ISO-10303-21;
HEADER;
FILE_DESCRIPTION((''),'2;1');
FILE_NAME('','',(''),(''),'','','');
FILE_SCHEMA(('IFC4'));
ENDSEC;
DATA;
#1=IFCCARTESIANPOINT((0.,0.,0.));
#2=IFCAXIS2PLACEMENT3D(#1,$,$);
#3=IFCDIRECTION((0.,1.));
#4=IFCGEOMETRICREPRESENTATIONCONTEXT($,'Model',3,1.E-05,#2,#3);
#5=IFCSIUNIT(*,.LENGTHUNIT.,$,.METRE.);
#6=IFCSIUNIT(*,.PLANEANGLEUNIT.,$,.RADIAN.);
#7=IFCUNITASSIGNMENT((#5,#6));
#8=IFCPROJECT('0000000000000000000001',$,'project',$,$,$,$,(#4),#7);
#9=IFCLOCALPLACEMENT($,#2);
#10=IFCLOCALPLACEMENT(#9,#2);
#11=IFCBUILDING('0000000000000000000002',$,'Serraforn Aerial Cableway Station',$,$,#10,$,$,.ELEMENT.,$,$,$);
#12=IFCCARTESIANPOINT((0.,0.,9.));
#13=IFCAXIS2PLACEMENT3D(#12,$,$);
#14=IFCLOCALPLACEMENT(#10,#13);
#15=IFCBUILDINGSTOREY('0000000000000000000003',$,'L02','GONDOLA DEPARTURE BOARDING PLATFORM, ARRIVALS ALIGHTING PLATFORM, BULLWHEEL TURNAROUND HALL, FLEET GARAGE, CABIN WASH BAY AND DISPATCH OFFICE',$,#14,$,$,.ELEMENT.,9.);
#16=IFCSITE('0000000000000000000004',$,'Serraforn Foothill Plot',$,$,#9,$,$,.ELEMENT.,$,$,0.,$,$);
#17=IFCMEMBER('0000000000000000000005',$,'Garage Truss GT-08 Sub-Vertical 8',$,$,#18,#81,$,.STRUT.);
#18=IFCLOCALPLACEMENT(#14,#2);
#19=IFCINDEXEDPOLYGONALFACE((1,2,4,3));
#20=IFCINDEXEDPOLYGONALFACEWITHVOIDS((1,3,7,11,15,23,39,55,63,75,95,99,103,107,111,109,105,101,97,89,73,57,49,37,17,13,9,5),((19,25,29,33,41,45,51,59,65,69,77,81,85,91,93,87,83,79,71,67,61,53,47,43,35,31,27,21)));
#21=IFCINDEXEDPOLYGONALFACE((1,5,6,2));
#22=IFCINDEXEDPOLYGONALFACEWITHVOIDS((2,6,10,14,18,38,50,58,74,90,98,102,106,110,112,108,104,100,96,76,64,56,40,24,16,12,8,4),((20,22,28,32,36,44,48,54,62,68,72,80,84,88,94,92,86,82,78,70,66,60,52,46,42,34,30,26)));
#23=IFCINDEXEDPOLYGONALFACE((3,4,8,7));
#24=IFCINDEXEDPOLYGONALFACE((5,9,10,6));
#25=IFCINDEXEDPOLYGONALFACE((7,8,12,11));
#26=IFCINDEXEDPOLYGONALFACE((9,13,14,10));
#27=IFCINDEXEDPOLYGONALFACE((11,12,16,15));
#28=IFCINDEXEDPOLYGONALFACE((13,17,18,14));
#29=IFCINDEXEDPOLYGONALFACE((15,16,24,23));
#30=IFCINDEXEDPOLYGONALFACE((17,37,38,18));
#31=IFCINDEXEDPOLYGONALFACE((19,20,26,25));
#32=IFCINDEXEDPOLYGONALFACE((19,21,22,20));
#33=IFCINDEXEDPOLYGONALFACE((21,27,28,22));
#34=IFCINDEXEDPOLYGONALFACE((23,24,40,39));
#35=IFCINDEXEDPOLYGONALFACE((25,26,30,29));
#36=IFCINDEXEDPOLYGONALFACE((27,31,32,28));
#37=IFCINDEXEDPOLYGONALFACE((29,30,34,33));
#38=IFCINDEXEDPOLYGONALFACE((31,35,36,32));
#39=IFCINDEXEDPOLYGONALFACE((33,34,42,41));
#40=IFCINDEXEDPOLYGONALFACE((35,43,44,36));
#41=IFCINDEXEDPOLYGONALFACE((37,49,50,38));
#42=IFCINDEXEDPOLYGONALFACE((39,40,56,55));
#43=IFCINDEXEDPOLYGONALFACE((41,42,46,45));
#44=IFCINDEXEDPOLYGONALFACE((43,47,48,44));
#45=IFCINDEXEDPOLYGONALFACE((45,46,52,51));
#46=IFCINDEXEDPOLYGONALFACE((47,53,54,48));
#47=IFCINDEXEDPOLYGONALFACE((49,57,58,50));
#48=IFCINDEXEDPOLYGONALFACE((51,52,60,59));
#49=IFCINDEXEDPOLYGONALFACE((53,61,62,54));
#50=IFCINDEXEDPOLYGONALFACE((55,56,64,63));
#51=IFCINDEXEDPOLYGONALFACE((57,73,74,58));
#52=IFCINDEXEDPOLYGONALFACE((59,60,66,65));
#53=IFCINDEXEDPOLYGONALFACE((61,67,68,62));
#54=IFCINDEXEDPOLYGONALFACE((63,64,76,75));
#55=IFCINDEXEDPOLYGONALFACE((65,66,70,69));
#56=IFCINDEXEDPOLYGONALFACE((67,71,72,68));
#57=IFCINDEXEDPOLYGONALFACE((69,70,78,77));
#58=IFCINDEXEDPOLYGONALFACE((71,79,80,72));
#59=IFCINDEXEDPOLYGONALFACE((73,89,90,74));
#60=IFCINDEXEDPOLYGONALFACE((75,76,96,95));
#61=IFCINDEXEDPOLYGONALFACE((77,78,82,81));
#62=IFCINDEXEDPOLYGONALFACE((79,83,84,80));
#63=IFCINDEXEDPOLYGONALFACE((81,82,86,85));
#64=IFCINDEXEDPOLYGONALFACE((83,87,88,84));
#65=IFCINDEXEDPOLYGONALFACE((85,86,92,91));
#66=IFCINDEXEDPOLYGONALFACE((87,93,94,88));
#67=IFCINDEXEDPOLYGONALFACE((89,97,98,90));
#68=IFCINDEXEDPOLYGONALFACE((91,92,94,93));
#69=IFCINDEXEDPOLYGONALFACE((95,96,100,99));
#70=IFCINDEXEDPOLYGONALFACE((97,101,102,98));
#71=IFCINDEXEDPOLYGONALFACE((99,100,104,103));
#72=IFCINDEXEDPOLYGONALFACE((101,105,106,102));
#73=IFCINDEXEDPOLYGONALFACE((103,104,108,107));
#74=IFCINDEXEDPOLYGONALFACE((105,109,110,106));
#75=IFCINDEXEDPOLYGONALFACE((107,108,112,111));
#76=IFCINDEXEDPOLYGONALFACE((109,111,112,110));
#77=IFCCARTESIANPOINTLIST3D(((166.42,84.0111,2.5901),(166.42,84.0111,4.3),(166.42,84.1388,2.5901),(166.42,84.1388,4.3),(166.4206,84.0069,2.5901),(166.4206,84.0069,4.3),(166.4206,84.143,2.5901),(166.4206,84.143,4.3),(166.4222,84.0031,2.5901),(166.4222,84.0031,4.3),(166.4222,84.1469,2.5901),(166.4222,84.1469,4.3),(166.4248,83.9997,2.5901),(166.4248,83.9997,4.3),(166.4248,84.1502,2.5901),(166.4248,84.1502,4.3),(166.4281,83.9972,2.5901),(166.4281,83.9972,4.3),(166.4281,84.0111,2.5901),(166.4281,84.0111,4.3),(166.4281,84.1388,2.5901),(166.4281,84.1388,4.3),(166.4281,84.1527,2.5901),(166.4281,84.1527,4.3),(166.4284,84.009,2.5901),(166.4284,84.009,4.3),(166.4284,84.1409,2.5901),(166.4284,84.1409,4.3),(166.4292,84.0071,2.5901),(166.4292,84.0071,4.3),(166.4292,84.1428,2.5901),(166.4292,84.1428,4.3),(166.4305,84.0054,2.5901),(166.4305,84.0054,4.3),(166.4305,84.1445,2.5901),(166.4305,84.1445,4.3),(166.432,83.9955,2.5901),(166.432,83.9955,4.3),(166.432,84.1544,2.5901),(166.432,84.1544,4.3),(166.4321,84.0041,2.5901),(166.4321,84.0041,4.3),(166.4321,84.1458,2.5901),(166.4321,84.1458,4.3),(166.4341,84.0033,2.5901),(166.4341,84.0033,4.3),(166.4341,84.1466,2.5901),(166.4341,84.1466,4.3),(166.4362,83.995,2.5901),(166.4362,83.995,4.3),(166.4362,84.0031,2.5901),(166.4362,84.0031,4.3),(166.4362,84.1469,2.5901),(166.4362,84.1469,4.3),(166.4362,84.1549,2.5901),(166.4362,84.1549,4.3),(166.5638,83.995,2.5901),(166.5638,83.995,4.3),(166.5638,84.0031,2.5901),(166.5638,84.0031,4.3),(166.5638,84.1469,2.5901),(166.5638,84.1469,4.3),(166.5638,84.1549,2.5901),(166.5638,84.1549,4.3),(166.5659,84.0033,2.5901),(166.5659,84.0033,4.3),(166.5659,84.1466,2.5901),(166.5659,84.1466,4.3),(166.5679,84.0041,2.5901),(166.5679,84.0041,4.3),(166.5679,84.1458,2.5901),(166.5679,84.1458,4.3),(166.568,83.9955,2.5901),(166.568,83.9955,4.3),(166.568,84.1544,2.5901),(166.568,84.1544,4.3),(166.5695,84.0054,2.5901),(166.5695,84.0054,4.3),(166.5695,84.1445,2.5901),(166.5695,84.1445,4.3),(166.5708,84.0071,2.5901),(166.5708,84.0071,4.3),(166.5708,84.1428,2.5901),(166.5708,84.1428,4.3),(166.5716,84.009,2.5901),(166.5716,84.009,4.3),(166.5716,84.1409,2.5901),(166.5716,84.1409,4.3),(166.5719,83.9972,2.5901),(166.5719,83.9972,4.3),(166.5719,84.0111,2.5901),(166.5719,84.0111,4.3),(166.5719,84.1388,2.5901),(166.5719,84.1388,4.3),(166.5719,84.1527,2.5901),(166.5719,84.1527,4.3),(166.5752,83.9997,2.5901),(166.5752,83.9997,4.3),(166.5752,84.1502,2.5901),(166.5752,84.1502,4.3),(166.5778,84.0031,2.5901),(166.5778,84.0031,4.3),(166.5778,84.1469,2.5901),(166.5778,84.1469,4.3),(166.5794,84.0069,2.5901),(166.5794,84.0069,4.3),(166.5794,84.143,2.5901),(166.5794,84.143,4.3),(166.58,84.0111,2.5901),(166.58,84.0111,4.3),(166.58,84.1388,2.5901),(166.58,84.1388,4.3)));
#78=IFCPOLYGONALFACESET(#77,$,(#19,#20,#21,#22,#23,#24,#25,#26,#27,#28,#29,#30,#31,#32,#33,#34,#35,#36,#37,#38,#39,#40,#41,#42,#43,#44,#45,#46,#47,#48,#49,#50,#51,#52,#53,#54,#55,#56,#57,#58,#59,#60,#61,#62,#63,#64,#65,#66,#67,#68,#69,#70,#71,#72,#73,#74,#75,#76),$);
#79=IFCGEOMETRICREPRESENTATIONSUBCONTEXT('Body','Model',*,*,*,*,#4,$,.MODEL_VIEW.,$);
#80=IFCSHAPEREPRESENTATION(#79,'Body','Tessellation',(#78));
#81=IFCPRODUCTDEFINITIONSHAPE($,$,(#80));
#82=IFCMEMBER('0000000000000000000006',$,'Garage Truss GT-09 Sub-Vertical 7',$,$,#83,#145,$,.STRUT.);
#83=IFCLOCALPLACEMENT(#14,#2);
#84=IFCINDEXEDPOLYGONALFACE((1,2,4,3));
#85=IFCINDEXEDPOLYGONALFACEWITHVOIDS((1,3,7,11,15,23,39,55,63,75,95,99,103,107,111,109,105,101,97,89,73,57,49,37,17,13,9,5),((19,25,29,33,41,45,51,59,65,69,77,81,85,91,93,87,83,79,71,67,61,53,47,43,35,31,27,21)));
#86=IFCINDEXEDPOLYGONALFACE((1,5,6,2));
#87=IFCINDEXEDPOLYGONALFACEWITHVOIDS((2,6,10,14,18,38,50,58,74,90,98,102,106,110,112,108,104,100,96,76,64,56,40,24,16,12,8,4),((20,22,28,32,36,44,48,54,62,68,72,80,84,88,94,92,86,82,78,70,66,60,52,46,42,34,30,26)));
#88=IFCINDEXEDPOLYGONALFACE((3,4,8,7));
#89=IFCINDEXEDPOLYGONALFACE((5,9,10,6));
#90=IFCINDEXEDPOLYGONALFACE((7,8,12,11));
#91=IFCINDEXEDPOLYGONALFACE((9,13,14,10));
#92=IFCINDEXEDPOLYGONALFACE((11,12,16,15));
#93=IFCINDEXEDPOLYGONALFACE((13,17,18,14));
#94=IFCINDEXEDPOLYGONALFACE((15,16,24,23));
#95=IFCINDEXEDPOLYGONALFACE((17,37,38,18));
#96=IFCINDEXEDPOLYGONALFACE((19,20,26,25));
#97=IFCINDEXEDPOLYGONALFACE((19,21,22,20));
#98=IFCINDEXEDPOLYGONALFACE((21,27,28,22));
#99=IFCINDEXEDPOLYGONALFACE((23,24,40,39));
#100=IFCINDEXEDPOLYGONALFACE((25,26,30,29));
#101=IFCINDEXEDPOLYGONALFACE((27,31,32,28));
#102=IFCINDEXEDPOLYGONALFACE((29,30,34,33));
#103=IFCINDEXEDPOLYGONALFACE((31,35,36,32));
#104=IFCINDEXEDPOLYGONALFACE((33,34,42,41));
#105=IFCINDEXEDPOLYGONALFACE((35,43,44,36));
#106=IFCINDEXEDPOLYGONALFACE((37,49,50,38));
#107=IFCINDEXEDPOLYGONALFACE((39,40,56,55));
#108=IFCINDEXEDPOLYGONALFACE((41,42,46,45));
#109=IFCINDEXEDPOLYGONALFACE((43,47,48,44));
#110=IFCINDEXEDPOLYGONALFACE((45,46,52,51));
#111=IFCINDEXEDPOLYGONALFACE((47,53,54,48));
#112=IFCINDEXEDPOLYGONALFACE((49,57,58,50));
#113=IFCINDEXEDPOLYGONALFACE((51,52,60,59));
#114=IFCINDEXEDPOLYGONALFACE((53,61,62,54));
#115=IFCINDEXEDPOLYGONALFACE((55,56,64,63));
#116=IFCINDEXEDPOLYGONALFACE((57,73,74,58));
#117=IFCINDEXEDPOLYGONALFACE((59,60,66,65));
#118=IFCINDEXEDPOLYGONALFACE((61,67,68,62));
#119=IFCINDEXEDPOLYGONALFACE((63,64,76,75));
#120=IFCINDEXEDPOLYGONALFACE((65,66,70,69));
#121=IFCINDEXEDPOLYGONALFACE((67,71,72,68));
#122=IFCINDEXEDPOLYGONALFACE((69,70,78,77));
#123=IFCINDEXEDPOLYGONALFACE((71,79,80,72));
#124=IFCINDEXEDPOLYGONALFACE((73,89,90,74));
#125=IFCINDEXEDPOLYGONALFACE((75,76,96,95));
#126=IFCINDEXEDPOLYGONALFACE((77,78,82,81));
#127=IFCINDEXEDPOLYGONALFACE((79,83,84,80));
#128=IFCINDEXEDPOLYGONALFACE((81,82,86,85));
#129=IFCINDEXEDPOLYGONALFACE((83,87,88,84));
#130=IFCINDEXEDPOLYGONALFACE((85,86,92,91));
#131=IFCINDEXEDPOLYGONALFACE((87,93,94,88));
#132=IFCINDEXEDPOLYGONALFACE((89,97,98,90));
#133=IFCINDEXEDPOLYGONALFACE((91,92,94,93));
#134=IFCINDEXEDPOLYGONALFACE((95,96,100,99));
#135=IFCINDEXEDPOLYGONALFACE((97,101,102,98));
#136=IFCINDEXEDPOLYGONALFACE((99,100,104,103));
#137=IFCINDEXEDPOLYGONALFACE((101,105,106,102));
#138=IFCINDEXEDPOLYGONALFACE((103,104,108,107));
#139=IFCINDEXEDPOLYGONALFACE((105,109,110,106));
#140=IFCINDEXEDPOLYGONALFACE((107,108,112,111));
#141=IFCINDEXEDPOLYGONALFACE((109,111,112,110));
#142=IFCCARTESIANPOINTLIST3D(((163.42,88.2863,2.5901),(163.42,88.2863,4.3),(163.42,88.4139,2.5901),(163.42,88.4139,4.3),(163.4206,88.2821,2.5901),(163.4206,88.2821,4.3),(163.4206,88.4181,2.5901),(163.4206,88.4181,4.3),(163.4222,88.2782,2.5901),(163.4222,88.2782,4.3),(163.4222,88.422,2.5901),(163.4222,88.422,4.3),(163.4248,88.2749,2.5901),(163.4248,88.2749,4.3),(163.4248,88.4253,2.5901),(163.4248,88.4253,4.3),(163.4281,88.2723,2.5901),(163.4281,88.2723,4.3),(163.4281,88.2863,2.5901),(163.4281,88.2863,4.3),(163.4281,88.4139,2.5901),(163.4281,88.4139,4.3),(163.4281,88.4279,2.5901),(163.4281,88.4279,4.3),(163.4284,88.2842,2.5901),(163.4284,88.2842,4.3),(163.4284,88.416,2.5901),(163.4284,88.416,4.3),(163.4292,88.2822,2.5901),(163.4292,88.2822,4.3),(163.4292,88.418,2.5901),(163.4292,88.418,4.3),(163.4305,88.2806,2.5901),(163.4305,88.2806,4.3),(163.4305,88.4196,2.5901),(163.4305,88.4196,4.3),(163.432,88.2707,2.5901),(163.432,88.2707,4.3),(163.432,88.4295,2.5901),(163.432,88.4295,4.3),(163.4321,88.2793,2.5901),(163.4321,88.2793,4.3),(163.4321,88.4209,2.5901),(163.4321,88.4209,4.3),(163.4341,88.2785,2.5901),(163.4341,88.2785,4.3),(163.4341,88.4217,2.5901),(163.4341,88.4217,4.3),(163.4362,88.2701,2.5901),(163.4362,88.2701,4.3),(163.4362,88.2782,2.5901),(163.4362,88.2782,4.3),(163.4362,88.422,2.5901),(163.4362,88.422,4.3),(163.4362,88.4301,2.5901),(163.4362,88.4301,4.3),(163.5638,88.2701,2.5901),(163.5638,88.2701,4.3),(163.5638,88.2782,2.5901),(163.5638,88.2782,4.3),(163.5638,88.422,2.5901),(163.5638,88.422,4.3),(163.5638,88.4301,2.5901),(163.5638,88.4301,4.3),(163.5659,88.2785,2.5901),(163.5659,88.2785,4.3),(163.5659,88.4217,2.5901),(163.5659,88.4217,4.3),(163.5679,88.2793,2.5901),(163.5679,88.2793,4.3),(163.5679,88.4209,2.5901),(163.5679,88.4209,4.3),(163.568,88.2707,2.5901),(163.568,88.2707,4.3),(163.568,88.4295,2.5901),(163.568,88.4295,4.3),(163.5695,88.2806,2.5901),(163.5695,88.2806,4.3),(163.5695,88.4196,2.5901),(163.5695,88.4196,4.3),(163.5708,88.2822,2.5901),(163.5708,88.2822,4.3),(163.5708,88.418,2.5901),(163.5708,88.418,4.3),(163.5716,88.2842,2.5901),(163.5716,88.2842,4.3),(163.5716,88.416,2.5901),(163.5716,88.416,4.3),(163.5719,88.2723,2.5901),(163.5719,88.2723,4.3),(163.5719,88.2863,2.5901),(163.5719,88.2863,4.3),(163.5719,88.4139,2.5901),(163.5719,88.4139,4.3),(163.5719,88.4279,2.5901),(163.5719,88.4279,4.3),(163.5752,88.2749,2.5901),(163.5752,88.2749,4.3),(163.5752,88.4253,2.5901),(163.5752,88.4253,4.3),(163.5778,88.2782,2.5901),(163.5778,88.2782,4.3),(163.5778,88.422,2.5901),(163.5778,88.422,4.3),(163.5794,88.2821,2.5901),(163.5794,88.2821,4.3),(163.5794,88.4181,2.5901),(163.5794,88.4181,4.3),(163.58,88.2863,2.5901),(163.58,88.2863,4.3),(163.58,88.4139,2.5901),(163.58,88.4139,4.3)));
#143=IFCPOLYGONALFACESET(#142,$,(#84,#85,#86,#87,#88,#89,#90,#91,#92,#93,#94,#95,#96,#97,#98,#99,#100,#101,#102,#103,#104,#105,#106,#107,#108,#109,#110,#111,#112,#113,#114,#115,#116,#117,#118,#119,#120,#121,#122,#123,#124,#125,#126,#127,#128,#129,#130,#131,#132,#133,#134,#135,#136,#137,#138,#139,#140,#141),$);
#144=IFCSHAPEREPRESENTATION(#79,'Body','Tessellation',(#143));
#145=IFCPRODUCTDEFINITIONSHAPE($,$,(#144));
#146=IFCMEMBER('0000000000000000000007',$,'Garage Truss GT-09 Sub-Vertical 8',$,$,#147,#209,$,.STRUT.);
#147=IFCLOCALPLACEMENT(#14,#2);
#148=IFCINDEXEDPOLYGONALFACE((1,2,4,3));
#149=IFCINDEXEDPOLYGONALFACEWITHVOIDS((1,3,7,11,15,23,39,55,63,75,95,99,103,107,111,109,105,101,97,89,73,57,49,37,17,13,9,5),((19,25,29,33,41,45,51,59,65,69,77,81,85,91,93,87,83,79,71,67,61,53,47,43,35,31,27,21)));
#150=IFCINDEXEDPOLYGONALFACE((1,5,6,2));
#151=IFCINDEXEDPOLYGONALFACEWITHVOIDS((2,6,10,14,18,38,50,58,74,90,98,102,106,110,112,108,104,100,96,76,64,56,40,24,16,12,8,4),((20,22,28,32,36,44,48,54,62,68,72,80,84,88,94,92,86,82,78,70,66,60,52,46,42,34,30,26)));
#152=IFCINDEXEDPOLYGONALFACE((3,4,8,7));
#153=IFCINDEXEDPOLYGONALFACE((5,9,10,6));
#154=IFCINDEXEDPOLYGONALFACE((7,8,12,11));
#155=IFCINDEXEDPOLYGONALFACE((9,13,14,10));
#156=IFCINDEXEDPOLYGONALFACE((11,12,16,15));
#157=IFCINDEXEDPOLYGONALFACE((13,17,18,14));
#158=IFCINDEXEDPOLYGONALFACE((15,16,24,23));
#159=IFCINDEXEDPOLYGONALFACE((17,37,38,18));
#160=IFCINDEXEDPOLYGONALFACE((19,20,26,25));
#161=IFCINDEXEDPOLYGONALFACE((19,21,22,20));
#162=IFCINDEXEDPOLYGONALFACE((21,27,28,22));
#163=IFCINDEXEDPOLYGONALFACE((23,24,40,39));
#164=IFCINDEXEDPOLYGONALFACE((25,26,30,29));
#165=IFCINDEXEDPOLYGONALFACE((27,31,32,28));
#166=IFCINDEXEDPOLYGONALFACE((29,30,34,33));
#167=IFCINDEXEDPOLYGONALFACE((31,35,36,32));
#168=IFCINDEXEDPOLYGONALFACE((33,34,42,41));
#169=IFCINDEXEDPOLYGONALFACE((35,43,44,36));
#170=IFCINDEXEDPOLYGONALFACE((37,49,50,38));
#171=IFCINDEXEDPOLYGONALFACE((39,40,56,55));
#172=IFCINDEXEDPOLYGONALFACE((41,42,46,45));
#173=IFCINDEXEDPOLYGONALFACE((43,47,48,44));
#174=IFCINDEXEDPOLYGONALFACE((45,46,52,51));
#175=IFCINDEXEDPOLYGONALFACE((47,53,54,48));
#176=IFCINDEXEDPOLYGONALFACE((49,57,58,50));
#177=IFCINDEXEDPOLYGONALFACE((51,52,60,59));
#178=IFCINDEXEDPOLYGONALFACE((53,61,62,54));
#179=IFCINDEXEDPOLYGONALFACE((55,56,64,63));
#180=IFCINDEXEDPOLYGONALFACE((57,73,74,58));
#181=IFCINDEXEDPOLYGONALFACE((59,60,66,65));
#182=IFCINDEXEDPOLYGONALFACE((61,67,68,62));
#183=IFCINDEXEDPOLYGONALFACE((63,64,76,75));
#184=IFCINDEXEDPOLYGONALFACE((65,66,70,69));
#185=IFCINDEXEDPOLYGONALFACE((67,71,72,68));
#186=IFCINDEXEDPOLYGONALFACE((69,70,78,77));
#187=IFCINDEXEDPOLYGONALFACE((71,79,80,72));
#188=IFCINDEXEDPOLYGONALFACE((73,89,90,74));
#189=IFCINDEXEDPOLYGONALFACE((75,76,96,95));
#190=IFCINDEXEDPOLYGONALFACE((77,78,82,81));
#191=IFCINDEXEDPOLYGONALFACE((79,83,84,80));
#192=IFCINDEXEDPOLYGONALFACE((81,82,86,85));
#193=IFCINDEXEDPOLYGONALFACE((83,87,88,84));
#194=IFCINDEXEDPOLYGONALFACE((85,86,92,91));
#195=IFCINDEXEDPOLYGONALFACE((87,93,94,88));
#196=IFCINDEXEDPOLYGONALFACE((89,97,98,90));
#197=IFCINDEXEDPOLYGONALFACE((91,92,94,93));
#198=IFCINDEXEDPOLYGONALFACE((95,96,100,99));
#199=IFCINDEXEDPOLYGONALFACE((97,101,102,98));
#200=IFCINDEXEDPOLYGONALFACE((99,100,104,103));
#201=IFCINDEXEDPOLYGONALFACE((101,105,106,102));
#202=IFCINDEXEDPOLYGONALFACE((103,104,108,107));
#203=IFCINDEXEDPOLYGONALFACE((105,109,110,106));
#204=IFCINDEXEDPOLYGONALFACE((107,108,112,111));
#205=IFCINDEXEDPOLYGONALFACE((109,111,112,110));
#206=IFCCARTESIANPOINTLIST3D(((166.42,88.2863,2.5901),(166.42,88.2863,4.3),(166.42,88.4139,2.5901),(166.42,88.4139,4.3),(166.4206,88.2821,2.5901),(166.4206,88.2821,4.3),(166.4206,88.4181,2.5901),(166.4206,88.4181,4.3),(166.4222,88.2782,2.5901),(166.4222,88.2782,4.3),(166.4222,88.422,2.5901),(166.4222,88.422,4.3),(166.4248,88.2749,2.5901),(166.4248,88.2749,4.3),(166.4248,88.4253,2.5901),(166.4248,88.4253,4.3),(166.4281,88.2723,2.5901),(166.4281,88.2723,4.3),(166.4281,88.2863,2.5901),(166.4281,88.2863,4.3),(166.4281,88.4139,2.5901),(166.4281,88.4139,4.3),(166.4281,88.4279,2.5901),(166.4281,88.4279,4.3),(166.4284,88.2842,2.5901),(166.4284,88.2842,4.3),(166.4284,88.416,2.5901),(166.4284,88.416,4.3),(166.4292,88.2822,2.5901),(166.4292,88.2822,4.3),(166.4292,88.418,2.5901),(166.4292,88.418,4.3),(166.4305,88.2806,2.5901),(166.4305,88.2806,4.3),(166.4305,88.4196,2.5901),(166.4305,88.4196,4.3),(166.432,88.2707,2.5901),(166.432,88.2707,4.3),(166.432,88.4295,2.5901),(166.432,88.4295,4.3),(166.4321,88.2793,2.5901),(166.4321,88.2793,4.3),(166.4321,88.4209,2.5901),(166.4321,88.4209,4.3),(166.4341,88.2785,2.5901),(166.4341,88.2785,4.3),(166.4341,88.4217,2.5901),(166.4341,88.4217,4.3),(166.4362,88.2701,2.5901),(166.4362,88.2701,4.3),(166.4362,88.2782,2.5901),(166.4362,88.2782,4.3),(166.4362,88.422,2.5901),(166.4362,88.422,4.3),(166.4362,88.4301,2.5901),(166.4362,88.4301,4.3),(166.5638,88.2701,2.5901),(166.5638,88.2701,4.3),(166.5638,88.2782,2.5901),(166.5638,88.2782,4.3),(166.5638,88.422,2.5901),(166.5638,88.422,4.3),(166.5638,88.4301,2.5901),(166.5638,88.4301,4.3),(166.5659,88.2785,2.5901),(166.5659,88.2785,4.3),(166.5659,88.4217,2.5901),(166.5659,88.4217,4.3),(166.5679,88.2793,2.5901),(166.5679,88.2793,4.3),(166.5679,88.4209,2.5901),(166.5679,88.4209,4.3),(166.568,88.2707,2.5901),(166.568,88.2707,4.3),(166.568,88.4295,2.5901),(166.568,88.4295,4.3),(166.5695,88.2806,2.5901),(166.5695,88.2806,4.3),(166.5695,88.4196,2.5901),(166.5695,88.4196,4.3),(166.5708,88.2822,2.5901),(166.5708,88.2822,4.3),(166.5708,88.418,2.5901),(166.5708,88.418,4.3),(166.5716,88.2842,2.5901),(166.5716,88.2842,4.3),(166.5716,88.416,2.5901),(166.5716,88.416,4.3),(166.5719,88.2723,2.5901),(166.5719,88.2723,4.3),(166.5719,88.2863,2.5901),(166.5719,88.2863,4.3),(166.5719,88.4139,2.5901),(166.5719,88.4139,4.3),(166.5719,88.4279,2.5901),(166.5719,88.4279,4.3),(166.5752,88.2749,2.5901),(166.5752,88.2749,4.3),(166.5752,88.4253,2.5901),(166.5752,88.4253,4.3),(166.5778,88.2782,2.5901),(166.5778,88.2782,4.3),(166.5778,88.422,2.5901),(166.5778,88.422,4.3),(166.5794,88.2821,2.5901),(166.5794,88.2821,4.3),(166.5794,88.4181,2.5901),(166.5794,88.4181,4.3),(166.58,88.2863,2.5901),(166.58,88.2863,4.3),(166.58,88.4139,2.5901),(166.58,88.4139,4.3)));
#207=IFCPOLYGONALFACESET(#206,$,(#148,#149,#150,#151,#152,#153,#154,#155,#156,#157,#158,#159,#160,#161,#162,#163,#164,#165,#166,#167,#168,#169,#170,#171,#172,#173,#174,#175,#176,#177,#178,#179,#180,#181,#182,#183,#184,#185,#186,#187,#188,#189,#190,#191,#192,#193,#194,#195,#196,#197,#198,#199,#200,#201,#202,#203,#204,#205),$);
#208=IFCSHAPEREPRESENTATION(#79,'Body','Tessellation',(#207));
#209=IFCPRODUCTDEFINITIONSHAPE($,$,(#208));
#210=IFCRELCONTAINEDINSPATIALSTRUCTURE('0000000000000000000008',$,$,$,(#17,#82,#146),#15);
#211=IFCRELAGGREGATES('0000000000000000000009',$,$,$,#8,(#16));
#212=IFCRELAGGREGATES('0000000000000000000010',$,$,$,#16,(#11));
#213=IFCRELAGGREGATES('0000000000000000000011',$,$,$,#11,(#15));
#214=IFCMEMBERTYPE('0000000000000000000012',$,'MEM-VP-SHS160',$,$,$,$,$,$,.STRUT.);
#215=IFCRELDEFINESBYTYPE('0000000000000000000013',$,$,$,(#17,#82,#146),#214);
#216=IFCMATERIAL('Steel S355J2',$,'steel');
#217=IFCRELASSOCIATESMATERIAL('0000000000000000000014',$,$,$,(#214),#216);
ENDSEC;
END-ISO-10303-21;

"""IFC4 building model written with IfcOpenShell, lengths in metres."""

from ifc_helpers import new_model, si_unit, direction, frame, origin, origin_2d, place, context, subcontext, project, spatial, hollow_rectangle, extrude, material, material_profile, profile_set, type_object, element, save


model = new_model("IFC4")

# Units and contexts
model_context = context("Model", 3, precision=1e-05, world=origin(), true_north=direction((0.0, 1.0)))
body_context = subcontext(model_context, "Body", "Model", "MODEL_VIEW")
ifc_project = project(units=[si_unit("LENGTHUNIT", "METRE"), si_unit("PLANEANGLEUNIT", "RADIAN")], contexts=[model_context])

# Site, building, storey
site_placement = place(None, origin())
site = spatial("IfcSite", under=ifc_project, at=site_placement, Name="Serraforn Foothill Plot", CompositionType="ELEMENT", RefElevation=0.0)
building_placement = place(site_placement, origin())
building = spatial("IfcBuilding", under=site, at=building_placement, Name="Serraforn Aerial Cableway Station", CompositionType="ELEMENT")
storey_placement = place(building_placement, frame((0.0, 0.0, 9.0)))
storey = spatial("IfcBuildingStorey", under=building, at=storey_placement, Name="L02", Description="GONDOLA DEPARTURE BOARDING PLATFORM, ARRIVALS ALIGHTING PLATFORM, BULLWHEEL TURNAROUND HALL, FLEET GARAGE, CABIN WASH BAY AND DISPATCH OFFICE", CompositionType="ELEMENT", Elevation=9.0)

# Members
ifc_material_1 = material(Name="Steel S355J2", Category="steel")
ifc_material_profile_1 = material_profile(ifc_material_1, hollow_rectangle(XDim=0.1599, YDim=0.1599, WallThickness=0.0081, InnerFilletRadius=0.0081, OuterFilletRadius=0.0161, at=origin_2d()), Name="SHS 160x160x8.0")
ifc_profile_set_1 = profile_set([ifc_material_profile_1], Name="Steel S355J2")
member_type_1 = type_object("IfcMemberType", Name="MEM-VP-SHS160", PredefinedType="STRUT", material=ifc_profile_set_1)
for number, where, z_axis, x_axis, name in (
    (1, (166.5, 84.075, 2.5901), (0.0, 0.0, 1.0), (1.0, 0.0, 0.0), "Garage Truss GT-08 Sub-Vertical 8"),
    (2, (163.5, 88.3501, 2.5901), (0.0, 0.0, 1.0), (1.0, 0.0, 0.0), "Garage Truss GT-09 Sub-Vertical 7"),
    (3, (166.5, 88.3501, 2.5901), (0.0, 0.0, 1.0), (1.0, 0.0, 0.0), "Garage Truss GT-09 Sub-Vertical 8"),
):
    element("IfcMember", number, at=place(storey_placement, frame(where, z_axis=z_axis, x_axis=x_axis)), inside=storey, type_object=member_type_1, Name=name, PredefinedType="STRUT", context=body_context, shape_type="SweptSolid", body=[
        extrude(hollow_rectangle(XDim=0.1599, YDim=0.1599, WallThickness=0.0081, InnerFilletRadius=0.0081, OuterFilletRadius=0.0161, at=origin_2d()), origin(), (0.0, 0.0, 1.0), 1.71),
    ])

save(model, "model.ifc")
